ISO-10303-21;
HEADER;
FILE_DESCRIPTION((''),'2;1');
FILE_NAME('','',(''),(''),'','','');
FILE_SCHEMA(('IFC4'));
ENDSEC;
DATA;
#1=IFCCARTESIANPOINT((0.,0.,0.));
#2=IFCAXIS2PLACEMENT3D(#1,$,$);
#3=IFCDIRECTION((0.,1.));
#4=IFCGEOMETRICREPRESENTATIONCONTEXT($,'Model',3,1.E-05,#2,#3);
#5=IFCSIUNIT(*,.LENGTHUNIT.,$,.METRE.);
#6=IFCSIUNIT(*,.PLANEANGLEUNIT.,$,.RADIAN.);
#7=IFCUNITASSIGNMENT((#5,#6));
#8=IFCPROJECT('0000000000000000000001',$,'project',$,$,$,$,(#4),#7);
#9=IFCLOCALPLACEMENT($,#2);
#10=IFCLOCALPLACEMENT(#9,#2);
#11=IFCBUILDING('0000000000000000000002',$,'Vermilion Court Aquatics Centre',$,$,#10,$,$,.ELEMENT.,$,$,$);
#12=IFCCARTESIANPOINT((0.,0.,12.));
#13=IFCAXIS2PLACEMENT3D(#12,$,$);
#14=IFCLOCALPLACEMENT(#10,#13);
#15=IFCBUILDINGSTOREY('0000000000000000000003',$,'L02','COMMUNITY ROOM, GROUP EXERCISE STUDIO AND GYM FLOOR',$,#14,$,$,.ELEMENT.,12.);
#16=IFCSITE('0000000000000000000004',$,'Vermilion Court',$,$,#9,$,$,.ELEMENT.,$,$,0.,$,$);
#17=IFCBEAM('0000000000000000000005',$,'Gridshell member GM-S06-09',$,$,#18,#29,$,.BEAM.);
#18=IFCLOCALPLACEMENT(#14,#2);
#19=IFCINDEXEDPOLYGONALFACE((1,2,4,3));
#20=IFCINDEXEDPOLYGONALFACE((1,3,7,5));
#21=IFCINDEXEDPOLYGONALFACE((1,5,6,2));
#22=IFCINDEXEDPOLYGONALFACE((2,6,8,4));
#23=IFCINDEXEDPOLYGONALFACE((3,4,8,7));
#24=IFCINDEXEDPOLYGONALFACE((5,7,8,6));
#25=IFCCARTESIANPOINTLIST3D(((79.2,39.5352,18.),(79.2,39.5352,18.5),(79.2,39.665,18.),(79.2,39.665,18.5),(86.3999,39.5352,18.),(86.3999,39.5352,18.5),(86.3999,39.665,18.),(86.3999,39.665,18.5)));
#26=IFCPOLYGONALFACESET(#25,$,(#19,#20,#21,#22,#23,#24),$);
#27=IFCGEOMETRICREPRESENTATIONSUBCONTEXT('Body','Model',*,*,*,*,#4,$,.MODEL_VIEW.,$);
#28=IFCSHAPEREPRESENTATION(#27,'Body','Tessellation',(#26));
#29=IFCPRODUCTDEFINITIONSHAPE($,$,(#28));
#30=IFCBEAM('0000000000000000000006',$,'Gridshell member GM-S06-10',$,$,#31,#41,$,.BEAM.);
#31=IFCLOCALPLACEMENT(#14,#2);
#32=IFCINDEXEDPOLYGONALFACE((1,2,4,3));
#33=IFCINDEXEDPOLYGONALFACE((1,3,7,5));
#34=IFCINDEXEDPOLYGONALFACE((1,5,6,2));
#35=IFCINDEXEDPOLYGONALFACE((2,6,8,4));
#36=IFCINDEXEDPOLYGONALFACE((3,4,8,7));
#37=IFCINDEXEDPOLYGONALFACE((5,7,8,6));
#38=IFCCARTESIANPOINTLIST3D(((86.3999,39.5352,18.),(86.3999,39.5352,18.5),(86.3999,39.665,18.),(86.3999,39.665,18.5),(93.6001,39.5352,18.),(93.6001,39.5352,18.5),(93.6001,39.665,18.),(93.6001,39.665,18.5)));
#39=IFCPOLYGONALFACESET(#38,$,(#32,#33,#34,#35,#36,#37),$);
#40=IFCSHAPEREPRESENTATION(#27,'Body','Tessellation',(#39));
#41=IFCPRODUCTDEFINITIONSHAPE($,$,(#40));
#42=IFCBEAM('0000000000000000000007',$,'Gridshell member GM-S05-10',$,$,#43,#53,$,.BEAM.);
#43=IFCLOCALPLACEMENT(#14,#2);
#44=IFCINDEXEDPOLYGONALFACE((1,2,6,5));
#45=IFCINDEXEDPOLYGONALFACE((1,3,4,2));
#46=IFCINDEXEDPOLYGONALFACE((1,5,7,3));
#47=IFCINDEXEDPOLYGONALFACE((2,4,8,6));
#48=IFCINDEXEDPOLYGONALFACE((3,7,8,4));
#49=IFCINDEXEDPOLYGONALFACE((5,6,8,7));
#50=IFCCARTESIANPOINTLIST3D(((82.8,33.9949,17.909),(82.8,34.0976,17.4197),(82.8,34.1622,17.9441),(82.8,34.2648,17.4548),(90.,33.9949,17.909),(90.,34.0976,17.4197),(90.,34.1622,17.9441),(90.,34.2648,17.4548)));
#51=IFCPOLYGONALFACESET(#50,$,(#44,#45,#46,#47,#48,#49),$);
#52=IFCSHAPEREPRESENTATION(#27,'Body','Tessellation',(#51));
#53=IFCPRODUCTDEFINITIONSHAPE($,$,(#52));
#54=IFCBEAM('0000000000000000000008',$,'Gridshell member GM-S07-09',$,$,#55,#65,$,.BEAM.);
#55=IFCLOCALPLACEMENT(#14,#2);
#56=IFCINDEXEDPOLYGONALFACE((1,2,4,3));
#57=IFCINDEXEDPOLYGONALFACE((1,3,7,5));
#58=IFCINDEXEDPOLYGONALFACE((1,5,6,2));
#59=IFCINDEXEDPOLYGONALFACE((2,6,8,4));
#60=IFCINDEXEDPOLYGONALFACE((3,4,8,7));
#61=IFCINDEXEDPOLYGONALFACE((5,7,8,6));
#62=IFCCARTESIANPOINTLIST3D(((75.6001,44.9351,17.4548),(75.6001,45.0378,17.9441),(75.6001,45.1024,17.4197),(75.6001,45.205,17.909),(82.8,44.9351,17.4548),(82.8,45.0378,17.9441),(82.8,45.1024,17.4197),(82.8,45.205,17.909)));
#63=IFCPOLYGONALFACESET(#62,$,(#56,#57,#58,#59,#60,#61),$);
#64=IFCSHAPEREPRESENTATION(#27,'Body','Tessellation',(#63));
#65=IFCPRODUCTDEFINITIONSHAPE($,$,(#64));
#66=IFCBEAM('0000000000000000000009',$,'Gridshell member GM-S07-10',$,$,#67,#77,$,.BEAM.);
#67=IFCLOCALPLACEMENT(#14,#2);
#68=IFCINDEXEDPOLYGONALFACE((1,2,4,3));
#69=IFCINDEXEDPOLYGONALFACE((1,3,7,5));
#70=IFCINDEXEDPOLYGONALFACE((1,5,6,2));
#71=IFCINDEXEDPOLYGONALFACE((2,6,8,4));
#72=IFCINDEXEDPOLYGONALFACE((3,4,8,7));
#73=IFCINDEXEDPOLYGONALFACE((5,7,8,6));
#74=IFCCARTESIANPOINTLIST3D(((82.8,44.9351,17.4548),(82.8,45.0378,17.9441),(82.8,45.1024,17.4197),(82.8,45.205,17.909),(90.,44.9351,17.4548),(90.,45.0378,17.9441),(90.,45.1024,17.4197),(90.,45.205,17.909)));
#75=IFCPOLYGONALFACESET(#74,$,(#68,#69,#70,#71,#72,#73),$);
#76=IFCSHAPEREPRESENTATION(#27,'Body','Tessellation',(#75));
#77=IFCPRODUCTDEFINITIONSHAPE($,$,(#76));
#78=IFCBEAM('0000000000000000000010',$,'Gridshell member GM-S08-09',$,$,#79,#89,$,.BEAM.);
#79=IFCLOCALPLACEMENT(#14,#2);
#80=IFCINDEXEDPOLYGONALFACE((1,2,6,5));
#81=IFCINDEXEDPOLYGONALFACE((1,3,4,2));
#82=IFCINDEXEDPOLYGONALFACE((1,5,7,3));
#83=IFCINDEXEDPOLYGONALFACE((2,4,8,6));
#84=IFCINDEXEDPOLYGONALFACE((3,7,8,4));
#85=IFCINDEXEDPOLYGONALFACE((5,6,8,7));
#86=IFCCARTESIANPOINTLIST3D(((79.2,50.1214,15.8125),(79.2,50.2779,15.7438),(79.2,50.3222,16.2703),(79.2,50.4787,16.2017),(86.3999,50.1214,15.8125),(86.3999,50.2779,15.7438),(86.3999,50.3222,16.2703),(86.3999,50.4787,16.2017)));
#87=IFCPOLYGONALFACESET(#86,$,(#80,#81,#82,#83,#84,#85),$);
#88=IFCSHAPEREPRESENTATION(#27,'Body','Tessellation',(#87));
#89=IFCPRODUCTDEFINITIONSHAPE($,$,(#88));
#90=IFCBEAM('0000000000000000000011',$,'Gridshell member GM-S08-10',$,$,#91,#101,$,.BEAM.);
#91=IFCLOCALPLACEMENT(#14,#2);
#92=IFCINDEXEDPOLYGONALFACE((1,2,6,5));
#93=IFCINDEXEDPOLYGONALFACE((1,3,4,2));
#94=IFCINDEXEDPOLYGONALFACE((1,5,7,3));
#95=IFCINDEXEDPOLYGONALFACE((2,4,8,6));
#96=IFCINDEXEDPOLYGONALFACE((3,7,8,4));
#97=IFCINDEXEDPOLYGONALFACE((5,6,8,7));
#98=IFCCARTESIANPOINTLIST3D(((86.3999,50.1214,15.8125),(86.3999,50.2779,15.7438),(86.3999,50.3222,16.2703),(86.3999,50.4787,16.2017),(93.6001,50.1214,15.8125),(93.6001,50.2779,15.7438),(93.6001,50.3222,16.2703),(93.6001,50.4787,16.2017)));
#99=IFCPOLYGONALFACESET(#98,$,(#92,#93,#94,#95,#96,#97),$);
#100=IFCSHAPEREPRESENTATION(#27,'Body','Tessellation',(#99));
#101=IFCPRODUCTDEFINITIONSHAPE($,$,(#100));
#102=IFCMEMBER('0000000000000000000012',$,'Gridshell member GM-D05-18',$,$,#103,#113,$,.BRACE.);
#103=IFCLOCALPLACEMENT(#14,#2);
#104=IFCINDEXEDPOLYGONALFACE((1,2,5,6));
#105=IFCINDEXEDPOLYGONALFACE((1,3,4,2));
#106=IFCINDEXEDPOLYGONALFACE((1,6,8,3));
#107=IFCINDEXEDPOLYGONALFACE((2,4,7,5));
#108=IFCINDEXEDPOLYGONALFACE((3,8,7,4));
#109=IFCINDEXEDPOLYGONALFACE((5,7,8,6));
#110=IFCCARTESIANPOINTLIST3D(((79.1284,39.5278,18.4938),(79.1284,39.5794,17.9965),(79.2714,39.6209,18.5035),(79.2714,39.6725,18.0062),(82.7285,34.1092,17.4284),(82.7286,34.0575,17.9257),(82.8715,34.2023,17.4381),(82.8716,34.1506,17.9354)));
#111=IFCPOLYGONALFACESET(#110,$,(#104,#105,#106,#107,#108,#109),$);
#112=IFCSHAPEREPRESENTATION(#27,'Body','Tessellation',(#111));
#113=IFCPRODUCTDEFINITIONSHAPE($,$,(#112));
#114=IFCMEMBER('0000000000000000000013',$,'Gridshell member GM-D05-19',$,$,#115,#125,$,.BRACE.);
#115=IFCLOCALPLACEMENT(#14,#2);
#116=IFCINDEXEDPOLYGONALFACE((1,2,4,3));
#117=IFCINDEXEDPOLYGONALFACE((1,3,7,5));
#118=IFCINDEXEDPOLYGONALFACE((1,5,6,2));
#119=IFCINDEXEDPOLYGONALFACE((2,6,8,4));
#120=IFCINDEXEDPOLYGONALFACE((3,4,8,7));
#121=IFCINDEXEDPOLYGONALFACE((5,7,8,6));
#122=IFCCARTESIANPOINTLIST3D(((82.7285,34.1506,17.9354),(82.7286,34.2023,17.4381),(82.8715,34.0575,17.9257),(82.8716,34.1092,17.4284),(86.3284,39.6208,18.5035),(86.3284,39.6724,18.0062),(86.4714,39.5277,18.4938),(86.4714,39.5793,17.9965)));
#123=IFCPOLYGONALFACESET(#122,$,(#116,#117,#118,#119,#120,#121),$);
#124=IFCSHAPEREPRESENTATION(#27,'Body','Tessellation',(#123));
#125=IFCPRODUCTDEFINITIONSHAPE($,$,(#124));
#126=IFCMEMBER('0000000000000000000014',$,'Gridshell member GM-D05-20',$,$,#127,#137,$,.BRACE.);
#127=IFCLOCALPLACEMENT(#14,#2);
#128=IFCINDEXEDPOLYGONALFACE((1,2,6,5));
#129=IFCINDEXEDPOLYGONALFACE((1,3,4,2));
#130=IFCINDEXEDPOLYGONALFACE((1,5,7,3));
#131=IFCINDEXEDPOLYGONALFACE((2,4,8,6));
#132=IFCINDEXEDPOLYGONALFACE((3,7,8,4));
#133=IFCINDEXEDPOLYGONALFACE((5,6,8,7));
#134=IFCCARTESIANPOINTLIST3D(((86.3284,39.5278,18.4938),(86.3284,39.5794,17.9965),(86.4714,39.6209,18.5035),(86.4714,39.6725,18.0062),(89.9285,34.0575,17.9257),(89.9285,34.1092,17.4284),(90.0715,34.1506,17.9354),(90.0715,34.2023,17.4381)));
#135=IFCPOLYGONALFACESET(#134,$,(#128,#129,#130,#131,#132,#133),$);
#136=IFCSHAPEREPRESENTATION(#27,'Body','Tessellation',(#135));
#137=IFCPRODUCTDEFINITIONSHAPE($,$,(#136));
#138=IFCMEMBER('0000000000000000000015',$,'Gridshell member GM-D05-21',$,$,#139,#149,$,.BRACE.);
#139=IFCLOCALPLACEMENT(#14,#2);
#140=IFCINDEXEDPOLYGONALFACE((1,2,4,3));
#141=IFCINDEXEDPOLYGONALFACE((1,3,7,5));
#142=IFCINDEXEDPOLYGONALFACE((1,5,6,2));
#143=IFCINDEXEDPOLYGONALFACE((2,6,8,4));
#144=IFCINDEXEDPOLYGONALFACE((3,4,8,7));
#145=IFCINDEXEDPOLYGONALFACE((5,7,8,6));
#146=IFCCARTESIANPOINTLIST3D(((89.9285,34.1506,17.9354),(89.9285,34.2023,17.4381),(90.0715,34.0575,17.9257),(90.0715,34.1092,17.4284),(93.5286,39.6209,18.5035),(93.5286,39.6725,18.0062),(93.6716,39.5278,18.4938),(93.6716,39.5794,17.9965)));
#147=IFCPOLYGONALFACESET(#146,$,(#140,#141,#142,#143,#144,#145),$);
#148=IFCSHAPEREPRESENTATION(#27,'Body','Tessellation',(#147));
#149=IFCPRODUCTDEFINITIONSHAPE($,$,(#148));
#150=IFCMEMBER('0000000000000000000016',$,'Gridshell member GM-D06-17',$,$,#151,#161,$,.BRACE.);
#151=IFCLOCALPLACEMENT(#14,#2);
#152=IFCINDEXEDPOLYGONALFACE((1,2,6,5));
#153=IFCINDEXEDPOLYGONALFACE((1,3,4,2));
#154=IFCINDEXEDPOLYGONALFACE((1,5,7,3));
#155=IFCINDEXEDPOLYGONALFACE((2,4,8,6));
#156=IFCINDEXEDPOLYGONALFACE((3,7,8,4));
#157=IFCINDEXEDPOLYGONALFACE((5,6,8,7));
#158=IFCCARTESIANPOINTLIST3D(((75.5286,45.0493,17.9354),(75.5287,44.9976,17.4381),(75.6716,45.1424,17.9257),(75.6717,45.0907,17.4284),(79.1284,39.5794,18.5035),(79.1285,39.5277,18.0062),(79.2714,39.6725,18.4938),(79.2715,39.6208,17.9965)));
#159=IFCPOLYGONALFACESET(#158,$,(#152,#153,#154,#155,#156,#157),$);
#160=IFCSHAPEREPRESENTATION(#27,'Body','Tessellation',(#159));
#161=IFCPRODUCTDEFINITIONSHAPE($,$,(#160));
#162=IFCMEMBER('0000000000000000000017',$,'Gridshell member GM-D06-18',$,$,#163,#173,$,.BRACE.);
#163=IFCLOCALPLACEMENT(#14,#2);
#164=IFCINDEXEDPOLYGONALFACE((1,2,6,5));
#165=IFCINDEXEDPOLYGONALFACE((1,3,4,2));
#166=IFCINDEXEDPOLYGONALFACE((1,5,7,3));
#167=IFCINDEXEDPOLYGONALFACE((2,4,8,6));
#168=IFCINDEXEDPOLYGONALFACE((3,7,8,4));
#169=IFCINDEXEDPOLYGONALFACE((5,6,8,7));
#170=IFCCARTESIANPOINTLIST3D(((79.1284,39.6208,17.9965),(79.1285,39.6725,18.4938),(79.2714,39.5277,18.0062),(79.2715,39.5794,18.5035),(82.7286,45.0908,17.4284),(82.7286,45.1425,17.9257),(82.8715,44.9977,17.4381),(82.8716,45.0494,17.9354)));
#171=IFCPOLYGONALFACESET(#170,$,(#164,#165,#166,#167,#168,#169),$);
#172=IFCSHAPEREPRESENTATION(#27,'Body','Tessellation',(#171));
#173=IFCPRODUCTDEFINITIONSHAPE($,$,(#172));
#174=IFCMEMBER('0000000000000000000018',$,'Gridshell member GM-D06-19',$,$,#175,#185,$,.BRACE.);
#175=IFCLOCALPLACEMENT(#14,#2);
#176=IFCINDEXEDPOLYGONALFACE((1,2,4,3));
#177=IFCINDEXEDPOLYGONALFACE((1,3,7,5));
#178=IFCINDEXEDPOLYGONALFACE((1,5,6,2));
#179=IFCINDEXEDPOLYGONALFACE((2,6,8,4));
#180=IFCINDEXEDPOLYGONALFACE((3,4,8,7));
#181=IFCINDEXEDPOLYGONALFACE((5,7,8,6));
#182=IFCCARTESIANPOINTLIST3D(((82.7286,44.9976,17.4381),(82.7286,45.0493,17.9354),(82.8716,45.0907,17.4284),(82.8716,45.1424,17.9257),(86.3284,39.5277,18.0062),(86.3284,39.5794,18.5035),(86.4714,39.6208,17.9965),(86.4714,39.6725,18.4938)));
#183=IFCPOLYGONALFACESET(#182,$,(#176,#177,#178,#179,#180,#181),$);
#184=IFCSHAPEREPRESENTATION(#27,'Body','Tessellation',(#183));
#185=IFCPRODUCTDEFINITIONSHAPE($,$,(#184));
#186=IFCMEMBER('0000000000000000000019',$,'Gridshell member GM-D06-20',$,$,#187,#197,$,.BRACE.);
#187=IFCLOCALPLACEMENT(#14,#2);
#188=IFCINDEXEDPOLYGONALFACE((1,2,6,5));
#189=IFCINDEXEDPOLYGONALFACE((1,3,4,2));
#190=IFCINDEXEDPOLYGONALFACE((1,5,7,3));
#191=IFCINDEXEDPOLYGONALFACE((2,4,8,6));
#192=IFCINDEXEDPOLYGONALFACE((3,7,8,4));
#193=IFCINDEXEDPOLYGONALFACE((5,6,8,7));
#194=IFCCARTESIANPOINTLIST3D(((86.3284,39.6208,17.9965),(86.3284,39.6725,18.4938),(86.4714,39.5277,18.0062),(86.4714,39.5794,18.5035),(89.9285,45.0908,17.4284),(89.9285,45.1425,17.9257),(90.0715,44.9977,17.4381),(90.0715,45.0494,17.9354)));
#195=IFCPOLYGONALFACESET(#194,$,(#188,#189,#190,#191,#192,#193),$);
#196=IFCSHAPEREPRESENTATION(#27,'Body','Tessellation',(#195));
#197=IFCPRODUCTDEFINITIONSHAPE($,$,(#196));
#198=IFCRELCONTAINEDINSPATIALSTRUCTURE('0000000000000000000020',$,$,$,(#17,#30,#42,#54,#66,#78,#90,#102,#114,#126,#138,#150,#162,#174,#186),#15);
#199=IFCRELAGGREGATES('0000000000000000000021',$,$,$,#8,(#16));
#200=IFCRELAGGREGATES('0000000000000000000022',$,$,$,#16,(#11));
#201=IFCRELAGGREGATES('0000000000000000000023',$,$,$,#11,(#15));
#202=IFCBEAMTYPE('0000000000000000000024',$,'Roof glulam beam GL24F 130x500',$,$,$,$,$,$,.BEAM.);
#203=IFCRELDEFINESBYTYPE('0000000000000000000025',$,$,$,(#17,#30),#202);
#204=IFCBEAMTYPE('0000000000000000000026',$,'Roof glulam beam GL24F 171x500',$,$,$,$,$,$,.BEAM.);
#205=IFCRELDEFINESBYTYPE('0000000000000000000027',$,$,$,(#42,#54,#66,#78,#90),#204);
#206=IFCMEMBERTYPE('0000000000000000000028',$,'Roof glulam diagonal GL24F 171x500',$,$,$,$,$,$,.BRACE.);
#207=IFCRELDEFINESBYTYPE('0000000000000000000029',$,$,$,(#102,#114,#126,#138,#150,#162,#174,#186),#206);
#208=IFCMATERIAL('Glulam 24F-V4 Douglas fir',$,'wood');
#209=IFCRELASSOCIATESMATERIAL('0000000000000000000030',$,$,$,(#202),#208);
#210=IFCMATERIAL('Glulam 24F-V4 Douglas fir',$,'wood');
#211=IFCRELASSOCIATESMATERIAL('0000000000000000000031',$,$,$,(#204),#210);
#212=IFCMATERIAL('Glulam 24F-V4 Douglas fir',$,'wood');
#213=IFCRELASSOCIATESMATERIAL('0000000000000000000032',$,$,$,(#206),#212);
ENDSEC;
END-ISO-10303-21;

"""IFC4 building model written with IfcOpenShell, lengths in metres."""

from ifc_helpers import new_model, si_unit, direction, frame, origin, origin_2d, place, context, subcontext, project, spatial, rectangle, extrude, material, material_profile, profile_set, type_object, element, save


model = new_model("IFC4")

# Units and contexts
model_context = context("Model", 3, precision=1e-05, world=origin(), true_north=direction((0.0, 1.0)))
body_context = subcontext(model_context, "Body", "Model", "MODEL_VIEW")
ifc_project = project(units=[si_unit("LENGTHUNIT", "METRE"), si_unit("PLANEANGLEUNIT", "RADIAN")], contexts=[model_context])

# Site, building, storey
site_placement = place(None, origin())
site = spatial("IfcSite", under=ifc_project, at=site_placement, Name="Vermilion Court", CompositionType="ELEMENT", RefElevation=0.0)
building_placement = place(site_placement, origin())
building = spatial("IfcBuilding", under=site, at=building_placement, Name="Vermilion Court Aquatics Centre", CompositionType="ELEMENT")
storey_placement = place(building_placement, frame((0.0, 0.0, 12.0)))
storey = spatial("IfcBuildingStorey", under=building, at=storey_placement, Name="L02", Description="COMMUNITY ROOM, GROUP EXERCISE STUDIO AND GYM FLOOR", CompositionType="ELEMENT", Elevation=12.0)

# Beams
ifc_material_1 = material(Name="Glulam 24F-V4 Douglas fir", Category="wood")
ifc_material_profile_1 = material_profile(ifc_material_1, rectangle(XDim=0.1299, YDim=0.5, at=origin_2d()), Name="GL24F 130x500")
ifc_profile_set_1 = profile_set([ifc_material_profile_1], Name="Glulam 24F-V4 Douglas fir")
beam_type_1 = type_object("IfcBeamType", Name="Roof glulam beam GL24F 130x500", PredefinedType="BEAM", material=ifc_profile_set_1)
beam_1_placement = place(storey_placement, frame((79.2, 39.6001, 18.25), z_axis=(1.0, 0.0, 0.0), x_axis=(0.0, 1.0, 0.0)))
element("IfcBeam", 1, at=beam_1_placement, inside=storey, type_object=beam_type_1, Name="Gridshell member GM-S06-09", PredefinedType="BEAM", context=body_context, shape_type="SweptSolid", body=[
    extrude(rectangle(XDim=0.1299, YDim=0.5, at=origin_2d()), origin(), (0.0, 0.0, 1.0), 7.2),
])
beam_2_placement = place(storey_placement, frame((86.3999, 39.6001, 18.25), z_axis=(1.0, 0.0, 0.0), x_axis=(0.0, 1.0, 0.0)))
element("IfcBeam", 2, at=beam_2_placement, inside=storey, type_object=beam_type_1, Name="Gridshell member GM-S06-10", PredefinedType="BEAM", context=body_context, shape_type="SweptSolid", body=[
    extrude(rectangle(XDim=0.1299, YDim=0.5, at=origin_2d()), origin(), (0.0, 0.0, 1.0), 7.2002),
])
ifc_material_2 = material(Name="Glulam 24F-V4 Douglas fir", Category="wood")
ifc_material_profile_2 = material_profile(ifc_material_2, rectangle(XDim=0.1709, YDim=0.5, at=origin_2d()), Name="GL24F 171x500")
ifc_profile_set_2 = profile_set([ifc_material_profile_2], Name="Glulam 24F-V4 Douglas fir")
beam_type_2 = type_object("IfcBeamType", Name="Roof glulam beam GL24F 171x500", PredefinedType="BEAM", material=ifc_profile_set_2)
for number, where, z_axis, x_axis, name in (
    (3, (82.8, 34.1299, 17.6819), (1.0, 0.0, 0.0), (0.0, 0.978692, 0.205333), "Gridshell member GM-S05-10"),
    (4, (75.6001, 45.0701, 17.6819), (1.0, 0.0, 0.0), (0.0, 0.978692, -0.205333), "Gridshell member GM-S07-09"),
    (5, (82.8, 45.0701, 17.6819), (1.0, 0.0, 0.0), (0.0, 0.978692, -0.205333), "Gridshell member GM-S07-10"),
    (6, (79.2, 50.3, 16.0071), (1.0, 0.0, 0.0), (0.0, 0.915794, -0.401648), "Gridshell member GM-S08-09"),
):
    element("IfcBeam", number, at=place(storey_placement, frame(where, z_axis=z_axis, x_axis=x_axis)), inside=storey, type_object=beam_type_2, Name=name, PredefinedType="BEAM", context=body_context, shape_type="SweptSolid", body=[
        extrude(rectangle(XDim=0.1709, YDim=0.5, at=origin_2d()), origin(), (0.0, 0.0, 1.0), 7.2),
    ])
beam_3_placement = place(storey_placement, frame((86.3999, 50.3, 16.0071), z_axis=(1.0, 0.0, 0.0), x_axis=(0.0, 0.915794, -0.401648)))
element("IfcBeam", 7, at=beam_3_placement, inside=storey, type_object=beam_type_2, Name="Gridshell member GM-S08-10", PredefinedType="BEAM", context=body_context, shape_type="SweptSolid", body=[
    extrude(rectangle(XDim=0.1709, YDim=0.5, at=origin_2d()), origin(), (0.0, 0.0, 1.0), 7.2002),
])

# Members
ifc_material_3 = material(Name="Glulam 24F-V4 Douglas fir", Category="wood")
ifc_material_profile_3 = material_profile(ifc_material_3, rectangle(XDim=0.1709, YDim=0.5, at=origin_2d()), Name="GL24F 171x500")
ifc_profile_set_3 = profile_set([ifc_material_profile_3], Name="Glulam 24F-V4 Douglas fir")
member_type_1 = type_object("IfcMemberType", Name="Roof glulam diagonal GL24F 171x500", PredefinedType="BRACE", material=ifc_profile_set_3)
member_1_placement = place(storey_placement, frame((82.8, 34.1299, 17.6819), z_axis=(-0.547695, 0.832202, 0.086429), x_axis=(-0.836678, -0.54477, -0.056532)))
element("IfcMember", 8, at=member_1_placement, inside=storey, type_object=member_type_1, Name="Gridshell member GM-D05-18", PredefinedType="BRACE", context=body_context, shape_type="SweptSolid", body=[
    extrude(rectangle(XDim=0.1709, YDim=0.5, at=origin_2d()), origin(), (0.0, 0.0, 1.0), 6.5732),
])
member_2_placement = place(storey_placement, frame((82.8, 34.1299, 17.6819), z_axis=(0.547669, 0.832219, 0.086431), x_axis=(-0.836695, 0.544743, 0.056532)))
element("IfcMember", 9, at=member_2_placement, inside=storey, type_object=member_type_1, Name="Gridshell member GM-D05-19", PredefinedType="BRACE", context=body_context, shape_type="SweptSolid", body=[
    extrude(rectangle(XDim=0.1709, YDim=0.5, at=origin_2d()), origin(), (0.0, 0.0, 1.0), 6.573),
])
for number, where, z_axis, x_axis, name in (
    (10, (90.0, 34.1299, 17.6819), (-0.547695, 0.832202, 0.086429), (-0.836678, -0.54477, -0.056532), "Gridshell member GM-D05-20"),
    (11, (90.0, 34.1299, 17.6819), (0.547695, 0.832202, 0.086429), (-0.836678, 0.54477, 0.056532), "Gridshell member GM-D05-21"),
):
    element("IfcMember", number, at=place(storey_placement, frame(where, z_axis=z_axis, x_axis=x_axis)), inside=storey, type_object=member_type_1, Name=name, PredefinedType="BRACE", context=body_context, shape_type="SweptSolid", body=[
        extrude(rectangle(XDim=0.1709, YDim=0.5, at=origin_2d()), origin(), (0.0, 0.0, 1.0), 6.5732),
    ])
member_3_placement = place(storey_placement, frame((79.2, 39.6001, 18.25), z_axis=(-0.547686, 0.832208, -0.086434), x_axis=(-0.836684, -0.54476, 0.056532)))
element("IfcMember", 12, at=member_3_placement, inside=storey, type_object=member_type_1, Name="Gridshell member GM-D06-17", PredefinedType="BRACE", context=body_context, shape_type="SweptSolid", body=[
    extrude(rectangle(XDim=0.1709, YDim=0.5, at=origin_2d()), origin(), (0.0, 0.0, 1.0), 6.5728),
])
member_4_placement = place(storey_placement, frame((79.2, 39.6001, 18.25), z_axis=(0.547712, 0.832191, -0.086432), x_axis=(-0.836667, 0.544787, -0.056532)))
element("IfcMember", 13, at=member_4_placement, inside=storey, type_object=member_type_1, Name="Gridshell member GM-D06-18", PredefinedType="BRACE", context=body_context, shape_type="SweptSolid", body=[
    extrude(rectangle(XDim=0.1709, YDim=0.5, at=origin_2d()), origin(), (0.0, 0.0, 1.0), 6.573),
])
member_5_placement = place(storey_placement, frame((86.3999, 39.6001, 18.25), z_axis=(-0.547686, 0.832208, -0.086434), x_axis=(-0.836684, -0.54476, 0.056532)))
element("IfcMember", 14, at=member_5_placement, inside=storey, type_object=member_type_1, Name="Gridshell member GM-D06-19", PredefinedType="BRACE", context=body_context, shape_type="SweptSolid", body=[
    extrude(rectangle(XDim=0.1709, YDim=0.5, at=origin_2d()), origin(), (0.0, 0.0, 1.0), 6.5728),
])
member_6_placement = place(storey_placement, frame((86.3999, 39.6001, 18.25), z_axis=(0.547712, 0.832191, -0.086432), x_axis=(-0.836667, 0.544787, -0.056532)))
element("IfcMember", 15, at=member_6_placement, inside=storey, type_object=member_type_1, Name="Gridshell member GM-D06-20", PredefinedType="BRACE", context=body_context, shape_type="SweptSolid", body=[
    extrude(rectangle(XDim=0.1709, YDim=0.5, at=origin_2d()), origin(), (0.0, 0.0, 1.0), 6.573),
])

save(model, "model.ifc")
